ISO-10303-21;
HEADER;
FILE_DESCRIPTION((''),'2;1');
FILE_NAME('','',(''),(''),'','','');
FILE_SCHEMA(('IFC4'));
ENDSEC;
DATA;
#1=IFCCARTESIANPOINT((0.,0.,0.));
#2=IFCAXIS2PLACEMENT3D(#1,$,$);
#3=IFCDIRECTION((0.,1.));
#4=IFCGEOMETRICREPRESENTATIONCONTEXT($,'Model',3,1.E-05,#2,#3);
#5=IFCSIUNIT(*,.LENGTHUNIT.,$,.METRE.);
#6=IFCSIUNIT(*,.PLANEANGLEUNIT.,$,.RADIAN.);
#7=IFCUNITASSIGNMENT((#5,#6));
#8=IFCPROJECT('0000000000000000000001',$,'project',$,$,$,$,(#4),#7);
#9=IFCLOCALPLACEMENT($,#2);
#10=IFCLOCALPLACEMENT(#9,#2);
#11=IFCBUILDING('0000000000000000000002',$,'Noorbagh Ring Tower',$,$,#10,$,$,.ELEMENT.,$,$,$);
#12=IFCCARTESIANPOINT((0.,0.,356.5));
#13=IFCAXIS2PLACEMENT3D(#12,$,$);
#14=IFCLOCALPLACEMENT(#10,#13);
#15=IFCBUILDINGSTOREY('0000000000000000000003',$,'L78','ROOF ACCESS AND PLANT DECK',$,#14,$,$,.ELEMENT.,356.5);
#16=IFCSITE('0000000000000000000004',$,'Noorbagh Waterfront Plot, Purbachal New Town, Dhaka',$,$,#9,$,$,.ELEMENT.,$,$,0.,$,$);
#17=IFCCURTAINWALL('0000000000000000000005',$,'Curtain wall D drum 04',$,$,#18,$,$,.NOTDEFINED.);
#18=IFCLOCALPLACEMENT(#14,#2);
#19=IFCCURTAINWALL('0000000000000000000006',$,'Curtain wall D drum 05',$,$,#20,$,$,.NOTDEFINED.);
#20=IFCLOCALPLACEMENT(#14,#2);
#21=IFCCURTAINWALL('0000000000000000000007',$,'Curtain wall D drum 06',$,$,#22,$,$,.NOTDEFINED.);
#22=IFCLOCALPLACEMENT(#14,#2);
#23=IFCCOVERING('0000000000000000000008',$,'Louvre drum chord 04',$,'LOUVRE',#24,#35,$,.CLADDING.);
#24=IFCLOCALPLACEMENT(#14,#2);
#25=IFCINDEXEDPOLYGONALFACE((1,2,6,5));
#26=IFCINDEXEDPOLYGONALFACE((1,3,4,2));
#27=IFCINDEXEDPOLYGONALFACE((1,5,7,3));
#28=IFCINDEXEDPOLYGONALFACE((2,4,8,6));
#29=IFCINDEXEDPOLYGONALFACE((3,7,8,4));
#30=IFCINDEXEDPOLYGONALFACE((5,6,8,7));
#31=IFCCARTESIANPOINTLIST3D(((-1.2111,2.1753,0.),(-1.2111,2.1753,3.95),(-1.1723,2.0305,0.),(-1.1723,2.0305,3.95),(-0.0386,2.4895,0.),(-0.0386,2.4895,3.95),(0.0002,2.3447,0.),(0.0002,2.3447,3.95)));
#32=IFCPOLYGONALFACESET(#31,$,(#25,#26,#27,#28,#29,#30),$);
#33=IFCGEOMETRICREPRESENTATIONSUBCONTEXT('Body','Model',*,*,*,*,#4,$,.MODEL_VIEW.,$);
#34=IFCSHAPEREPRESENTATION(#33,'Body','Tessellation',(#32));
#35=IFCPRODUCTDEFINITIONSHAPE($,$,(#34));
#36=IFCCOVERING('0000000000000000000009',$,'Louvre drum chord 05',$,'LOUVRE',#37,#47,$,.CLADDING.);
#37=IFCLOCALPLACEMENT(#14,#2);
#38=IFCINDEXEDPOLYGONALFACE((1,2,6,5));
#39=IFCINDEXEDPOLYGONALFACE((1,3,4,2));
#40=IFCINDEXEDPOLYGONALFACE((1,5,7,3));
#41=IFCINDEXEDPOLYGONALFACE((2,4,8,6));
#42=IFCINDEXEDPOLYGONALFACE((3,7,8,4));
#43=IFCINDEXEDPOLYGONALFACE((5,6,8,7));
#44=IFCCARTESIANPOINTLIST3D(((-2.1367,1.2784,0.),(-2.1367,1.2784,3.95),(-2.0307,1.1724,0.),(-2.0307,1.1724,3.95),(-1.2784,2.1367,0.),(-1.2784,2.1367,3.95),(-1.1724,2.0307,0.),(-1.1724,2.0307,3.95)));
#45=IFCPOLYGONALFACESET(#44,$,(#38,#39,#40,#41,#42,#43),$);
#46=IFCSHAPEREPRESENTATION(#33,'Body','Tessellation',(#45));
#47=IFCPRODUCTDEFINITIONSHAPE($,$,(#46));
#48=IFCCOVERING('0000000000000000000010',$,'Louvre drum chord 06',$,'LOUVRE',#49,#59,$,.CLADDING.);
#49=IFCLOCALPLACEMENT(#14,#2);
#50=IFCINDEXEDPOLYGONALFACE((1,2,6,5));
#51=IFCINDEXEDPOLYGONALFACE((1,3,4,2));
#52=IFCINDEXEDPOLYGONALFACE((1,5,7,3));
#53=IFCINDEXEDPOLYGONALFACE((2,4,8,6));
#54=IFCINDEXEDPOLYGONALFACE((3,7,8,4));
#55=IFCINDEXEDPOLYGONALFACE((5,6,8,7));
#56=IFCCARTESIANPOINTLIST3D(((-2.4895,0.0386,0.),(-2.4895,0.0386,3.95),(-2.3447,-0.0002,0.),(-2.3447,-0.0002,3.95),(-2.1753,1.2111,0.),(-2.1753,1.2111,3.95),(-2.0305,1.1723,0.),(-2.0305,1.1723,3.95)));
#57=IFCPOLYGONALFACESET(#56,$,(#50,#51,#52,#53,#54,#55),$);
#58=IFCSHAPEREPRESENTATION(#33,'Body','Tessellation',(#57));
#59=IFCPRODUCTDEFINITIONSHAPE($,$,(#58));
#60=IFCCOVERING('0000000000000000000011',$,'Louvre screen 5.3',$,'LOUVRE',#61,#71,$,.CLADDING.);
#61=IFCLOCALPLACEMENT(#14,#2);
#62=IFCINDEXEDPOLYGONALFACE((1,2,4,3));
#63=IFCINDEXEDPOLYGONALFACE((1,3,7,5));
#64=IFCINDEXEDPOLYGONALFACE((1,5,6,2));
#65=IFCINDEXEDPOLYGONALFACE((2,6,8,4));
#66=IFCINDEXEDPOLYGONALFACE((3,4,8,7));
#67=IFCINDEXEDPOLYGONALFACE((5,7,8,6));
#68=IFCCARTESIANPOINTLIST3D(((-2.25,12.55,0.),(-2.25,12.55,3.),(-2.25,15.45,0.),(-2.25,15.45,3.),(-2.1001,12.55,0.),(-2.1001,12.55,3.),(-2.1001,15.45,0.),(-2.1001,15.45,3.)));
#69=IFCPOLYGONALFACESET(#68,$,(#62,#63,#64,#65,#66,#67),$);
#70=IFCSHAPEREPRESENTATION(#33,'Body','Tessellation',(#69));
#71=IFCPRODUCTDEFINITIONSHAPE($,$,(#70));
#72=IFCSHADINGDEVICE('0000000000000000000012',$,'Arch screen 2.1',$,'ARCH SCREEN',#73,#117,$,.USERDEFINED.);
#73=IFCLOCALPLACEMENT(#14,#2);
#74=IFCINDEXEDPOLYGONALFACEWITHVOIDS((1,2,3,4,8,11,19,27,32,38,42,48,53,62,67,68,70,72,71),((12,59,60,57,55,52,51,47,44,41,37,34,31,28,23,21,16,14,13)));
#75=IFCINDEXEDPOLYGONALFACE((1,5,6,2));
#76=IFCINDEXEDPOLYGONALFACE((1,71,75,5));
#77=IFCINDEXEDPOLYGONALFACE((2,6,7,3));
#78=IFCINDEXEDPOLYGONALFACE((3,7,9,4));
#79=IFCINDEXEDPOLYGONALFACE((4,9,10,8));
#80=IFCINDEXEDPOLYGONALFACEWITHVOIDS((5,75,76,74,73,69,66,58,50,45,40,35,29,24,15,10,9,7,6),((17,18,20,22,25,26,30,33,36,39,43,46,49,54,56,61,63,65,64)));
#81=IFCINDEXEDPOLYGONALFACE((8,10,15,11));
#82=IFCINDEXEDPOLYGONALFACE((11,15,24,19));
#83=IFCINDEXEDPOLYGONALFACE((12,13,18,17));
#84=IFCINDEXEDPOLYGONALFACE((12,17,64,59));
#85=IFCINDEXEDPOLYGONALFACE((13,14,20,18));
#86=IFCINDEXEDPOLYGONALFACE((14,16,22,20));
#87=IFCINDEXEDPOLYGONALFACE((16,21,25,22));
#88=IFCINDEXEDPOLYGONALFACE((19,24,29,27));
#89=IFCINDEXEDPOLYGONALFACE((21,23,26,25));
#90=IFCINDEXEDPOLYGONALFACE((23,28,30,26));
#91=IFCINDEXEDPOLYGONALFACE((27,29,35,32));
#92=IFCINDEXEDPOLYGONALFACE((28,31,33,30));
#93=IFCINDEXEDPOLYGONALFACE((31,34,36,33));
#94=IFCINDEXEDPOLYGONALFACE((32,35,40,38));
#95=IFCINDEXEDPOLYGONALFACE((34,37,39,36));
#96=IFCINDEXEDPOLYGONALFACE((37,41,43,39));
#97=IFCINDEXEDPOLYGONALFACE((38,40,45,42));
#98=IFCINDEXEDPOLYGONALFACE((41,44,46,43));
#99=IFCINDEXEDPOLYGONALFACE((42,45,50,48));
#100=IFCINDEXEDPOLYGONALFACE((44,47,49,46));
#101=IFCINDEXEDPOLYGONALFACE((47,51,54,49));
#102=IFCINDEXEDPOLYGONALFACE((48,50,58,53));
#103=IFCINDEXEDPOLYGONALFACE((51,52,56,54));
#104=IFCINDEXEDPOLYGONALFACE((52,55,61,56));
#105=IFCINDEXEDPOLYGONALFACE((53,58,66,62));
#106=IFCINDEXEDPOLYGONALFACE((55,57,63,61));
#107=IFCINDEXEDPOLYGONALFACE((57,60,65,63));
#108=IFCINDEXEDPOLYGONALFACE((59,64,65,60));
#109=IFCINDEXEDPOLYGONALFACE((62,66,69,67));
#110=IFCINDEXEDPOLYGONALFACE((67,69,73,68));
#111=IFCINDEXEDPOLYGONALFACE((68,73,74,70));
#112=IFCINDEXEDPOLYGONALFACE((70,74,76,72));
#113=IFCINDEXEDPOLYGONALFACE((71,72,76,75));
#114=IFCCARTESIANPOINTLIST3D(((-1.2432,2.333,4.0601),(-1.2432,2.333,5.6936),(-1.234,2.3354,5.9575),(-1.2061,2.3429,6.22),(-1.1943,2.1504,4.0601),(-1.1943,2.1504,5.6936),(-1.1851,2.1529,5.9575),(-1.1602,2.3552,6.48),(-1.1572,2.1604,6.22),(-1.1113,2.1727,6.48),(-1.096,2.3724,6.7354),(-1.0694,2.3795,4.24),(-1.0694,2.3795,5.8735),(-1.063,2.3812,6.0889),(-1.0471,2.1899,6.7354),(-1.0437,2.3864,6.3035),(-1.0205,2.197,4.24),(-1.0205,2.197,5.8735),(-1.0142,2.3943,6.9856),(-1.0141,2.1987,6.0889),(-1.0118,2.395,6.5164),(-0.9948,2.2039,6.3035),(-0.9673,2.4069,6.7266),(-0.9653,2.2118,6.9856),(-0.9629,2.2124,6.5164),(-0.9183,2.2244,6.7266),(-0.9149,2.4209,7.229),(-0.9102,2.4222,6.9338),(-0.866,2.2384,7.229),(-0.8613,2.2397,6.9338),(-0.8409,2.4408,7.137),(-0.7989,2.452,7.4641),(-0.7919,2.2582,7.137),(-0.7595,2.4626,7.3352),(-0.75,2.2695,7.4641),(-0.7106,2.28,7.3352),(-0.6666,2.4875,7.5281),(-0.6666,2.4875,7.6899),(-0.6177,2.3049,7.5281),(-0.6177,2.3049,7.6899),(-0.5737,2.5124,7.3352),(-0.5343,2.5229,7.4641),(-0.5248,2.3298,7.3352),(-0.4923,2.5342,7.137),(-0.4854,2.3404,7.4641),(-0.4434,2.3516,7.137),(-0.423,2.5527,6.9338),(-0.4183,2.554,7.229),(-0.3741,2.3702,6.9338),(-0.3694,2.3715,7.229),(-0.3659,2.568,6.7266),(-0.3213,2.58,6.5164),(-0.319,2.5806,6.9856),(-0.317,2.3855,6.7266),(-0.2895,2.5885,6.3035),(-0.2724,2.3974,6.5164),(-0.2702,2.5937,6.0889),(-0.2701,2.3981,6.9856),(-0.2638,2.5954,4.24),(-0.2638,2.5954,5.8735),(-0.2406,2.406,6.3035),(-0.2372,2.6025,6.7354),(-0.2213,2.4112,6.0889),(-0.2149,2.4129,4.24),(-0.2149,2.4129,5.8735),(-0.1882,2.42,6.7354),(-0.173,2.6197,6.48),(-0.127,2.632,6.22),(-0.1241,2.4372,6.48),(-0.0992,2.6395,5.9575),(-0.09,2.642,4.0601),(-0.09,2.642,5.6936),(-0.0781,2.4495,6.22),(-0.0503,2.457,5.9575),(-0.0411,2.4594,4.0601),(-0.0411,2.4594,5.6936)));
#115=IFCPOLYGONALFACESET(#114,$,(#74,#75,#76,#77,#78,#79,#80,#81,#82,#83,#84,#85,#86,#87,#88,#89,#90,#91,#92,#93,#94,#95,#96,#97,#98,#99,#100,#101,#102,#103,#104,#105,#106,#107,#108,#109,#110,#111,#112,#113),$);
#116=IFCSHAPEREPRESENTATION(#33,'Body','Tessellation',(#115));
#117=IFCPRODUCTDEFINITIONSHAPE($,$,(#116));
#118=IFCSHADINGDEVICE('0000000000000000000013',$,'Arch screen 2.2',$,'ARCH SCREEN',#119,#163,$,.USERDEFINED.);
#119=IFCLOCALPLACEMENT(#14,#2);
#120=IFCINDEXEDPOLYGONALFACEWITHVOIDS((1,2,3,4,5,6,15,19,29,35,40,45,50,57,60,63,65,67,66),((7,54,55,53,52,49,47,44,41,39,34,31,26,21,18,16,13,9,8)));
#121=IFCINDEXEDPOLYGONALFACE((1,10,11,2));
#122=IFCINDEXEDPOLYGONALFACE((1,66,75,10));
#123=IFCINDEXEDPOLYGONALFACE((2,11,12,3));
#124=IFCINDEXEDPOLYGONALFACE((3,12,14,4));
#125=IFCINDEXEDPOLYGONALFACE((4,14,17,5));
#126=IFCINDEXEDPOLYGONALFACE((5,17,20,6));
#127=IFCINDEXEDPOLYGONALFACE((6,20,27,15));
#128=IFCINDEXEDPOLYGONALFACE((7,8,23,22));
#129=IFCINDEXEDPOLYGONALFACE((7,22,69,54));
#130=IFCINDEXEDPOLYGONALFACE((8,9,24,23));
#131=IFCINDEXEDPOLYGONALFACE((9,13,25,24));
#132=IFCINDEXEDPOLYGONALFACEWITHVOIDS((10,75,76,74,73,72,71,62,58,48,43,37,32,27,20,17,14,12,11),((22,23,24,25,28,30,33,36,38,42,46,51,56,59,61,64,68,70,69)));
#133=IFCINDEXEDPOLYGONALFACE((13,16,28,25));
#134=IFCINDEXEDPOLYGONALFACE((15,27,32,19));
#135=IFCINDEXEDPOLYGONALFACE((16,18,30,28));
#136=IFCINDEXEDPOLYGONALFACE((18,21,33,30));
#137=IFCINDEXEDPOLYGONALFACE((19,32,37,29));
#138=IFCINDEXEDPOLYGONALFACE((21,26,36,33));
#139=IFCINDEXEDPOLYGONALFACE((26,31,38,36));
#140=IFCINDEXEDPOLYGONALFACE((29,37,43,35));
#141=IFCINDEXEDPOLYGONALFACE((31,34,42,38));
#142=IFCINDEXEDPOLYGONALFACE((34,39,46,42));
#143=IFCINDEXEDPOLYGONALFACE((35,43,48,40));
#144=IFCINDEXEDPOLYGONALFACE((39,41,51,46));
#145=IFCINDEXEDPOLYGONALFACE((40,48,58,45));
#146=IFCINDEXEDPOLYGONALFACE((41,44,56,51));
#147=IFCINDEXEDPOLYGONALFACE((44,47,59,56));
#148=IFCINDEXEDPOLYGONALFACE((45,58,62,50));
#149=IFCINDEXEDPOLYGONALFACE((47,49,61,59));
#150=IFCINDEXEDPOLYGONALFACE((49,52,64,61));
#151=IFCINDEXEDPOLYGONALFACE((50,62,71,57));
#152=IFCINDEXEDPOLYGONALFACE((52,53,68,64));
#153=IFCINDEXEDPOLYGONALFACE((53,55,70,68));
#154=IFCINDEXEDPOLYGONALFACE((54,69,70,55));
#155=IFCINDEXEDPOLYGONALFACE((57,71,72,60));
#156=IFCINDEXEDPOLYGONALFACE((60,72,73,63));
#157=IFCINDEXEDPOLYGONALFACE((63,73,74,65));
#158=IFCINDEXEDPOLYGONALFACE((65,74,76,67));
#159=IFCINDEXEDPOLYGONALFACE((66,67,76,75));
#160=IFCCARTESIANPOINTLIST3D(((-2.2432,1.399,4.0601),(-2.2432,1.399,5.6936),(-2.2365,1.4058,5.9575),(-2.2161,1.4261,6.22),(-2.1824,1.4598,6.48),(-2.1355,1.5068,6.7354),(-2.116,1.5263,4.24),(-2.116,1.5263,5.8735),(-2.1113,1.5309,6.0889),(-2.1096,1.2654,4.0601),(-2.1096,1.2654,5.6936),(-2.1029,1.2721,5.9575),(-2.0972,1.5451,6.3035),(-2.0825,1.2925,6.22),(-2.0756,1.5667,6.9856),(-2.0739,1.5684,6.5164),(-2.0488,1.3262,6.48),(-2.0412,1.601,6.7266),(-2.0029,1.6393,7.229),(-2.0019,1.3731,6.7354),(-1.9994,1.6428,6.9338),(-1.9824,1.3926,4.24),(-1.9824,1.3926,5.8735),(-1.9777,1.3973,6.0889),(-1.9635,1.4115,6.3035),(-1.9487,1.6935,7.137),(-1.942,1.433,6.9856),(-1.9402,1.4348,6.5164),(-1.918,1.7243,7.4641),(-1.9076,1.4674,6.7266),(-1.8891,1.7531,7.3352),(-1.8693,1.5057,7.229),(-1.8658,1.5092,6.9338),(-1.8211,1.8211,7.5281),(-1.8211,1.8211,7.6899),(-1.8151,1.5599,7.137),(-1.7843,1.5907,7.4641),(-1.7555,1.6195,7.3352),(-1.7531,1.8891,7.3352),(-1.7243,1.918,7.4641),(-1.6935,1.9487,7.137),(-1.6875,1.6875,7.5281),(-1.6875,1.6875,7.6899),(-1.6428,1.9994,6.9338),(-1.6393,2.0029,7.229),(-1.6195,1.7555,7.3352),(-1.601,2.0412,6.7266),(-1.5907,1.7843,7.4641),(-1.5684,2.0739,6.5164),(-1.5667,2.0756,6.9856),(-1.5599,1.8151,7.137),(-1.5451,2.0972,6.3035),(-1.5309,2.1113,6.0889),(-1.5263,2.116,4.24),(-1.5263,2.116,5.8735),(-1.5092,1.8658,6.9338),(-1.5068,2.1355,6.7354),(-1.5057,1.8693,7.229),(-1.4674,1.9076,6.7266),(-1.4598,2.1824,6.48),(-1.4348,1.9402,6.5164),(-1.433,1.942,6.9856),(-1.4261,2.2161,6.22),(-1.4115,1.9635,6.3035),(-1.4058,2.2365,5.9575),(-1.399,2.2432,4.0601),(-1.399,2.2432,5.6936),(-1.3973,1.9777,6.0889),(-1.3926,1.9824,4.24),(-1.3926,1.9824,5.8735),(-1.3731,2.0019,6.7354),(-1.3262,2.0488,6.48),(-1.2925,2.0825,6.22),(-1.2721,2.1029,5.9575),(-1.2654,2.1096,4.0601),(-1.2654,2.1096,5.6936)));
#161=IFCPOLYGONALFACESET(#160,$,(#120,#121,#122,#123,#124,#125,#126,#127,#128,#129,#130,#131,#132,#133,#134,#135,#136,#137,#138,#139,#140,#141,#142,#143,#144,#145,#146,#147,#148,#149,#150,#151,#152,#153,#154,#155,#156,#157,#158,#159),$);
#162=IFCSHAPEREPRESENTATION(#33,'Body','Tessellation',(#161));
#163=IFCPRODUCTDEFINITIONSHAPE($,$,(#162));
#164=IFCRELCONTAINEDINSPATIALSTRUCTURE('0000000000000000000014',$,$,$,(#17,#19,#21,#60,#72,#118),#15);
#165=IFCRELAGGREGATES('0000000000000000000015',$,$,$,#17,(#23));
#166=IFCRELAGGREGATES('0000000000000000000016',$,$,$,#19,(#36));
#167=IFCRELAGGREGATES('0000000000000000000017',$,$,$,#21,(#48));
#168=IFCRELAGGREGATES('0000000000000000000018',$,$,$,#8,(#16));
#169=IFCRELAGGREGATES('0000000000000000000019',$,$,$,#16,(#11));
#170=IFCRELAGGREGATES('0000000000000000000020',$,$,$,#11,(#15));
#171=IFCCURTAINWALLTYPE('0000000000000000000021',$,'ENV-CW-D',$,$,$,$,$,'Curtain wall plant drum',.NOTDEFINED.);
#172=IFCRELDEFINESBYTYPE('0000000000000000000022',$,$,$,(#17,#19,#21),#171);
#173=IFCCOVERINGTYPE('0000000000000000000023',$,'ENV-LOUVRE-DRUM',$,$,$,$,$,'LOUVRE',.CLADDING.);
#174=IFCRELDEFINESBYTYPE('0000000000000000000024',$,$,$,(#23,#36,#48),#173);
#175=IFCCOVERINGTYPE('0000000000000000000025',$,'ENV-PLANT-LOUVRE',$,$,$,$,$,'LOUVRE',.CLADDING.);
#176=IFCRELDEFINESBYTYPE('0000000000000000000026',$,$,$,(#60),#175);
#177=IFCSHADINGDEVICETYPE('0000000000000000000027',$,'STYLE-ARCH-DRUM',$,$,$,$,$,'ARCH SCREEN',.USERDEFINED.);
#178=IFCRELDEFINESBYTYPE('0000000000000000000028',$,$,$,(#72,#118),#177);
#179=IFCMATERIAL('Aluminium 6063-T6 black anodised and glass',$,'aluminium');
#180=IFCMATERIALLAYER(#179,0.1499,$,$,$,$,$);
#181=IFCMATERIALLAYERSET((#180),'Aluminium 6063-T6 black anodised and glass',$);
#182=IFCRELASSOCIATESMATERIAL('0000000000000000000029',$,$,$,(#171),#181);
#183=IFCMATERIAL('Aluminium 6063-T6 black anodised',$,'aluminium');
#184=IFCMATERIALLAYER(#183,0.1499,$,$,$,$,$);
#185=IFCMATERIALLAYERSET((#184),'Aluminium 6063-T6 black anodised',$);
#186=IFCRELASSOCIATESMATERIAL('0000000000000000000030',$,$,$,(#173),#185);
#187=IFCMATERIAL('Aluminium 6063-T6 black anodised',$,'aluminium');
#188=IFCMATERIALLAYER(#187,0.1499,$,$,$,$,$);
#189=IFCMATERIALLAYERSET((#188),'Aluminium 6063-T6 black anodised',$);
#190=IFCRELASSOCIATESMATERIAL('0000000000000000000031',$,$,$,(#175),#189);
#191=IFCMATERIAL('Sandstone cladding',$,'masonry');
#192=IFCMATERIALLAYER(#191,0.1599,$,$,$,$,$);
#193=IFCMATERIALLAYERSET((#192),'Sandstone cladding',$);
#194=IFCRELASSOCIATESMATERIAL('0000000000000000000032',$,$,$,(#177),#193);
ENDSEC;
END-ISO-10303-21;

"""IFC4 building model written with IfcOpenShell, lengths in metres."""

from ifc_helpers import new_model, si_unit, direction, frame, origin, origin_2d, place, context, subcontext, project, spatial, polyline, rectangle, outline, extrude, material, layer, layer_set, type_object, element, aggregate, save


model = new_model("IFC4")

# Units and contexts
model_context = context("Model", 3, precision=1e-05, world=origin(), true_north=direction((0.0, 1.0)))
body_context = subcontext(model_context, "Body", "Model", "MODEL_VIEW")
ifc_project = project(units=[si_unit("LENGTHUNIT", "METRE"), si_unit("PLANEANGLEUNIT", "RADIAN")], contexts=[model_context])

# Site, building, storey
site_placement = place(None, origin())
site = spatial("IfcSite", under=ifc_project, at=site_placement, Name="Noorbagh Waterfront Plot, Purbachal New Town, Dhaka", CompositionType="ELEMENT", RefElevation=0.0)
building_placement = place(site_placement, origin())
building = spatial("IfcBuilding", under=site, at=building_placement, Name="Noorbagh Ring Tower", CompositionType="ELEMENT")
storey_placement = place(building_placement, frame((0.0, 0.0, 356.5)))
storey = spatial("IfcBuildingStorey", under=building, at=storey_placement, Name="L78", Description="ROOF ACCESS AND PLANT DECK", CompositionType="ELEMENT", Elevation=356.5)

# Curtain walls
ifc_material_1 = material(Name="Aluminium 6063-T6 black anodised and glass", Category="aluminium")
ifc_layer_1 = layer(ifc_material_1, 0.1499)
ifc_layer_set_1 = layer_set([ifc_layer_1], Name="Aluminium 6063-T6 black anodised and glass")
curtain_wall_type = type_object("IfcCurtainWallType", Name="ENV-CW-D", ElementType="Curtain wall plant drum", PredefinedType="NOTDEFINED", material=ifc_layer_set_1)
curtain_wall_1_placement = place(storey_placement, origin())
curtain_wall_1 = element("IfcCurtainWall", 1, at=curtain_wall_1_placement, inside=storey, type_object=curtain_wall_type, Name="Curtain wall D drum 04", PredefinedType="NOTDEFINED")
curtain_wall_2_placement = place(storey_placement, origin())
curtain_wall_2 = element("IfcCurtainWall", 2, at=curtain_wall_2_placement, inside=storey, type_object=curtain_wall_type, Name="Curtain wall D drum 05", PredefinedType="NOTDEFINED")
curtain_wall_3_placement = place(storey_placement, origin())
curtain_wall_3 = element("IfcCurtainWall", 3, at=curtain_wall_3_placement, inside=storey, type_object=curtain_wall_type, Name="Curtain wall D drum 06", PredefinedType="NOTDEFINED")

# Coverings
ifc_material_2 = material(Name="Aluminium 6063-T6 black anodised", Category="aluminium")
ifc_layer_2 = layer(ifc_material_2, 0.1499)
ifc_layer_set_2 = layer_set([ifc_layer_2], Name="Aluminium 6063-T6 black anodised")
covering_type_1 = type_object("IfcCoveringType", Name="ENV-LOUVRE-DRUM", ElementType="LOUVRE", PredefinedType="CLADDING", material=ifc_layer_set_2)
covering_1_placement = place(storey_placement, frame((-0.6055, 2.26, 0.0), z_axis=(0.0, 0.0, 1.0), x_axis=(-0.965926, -0.258819, 0.0)))
covering_1 = element("IfcCovering", 4, at=covering_1_placement, type_object=covering_type_1, Name="Louvre drum chord 04", ObjectType="LOUVRE", PredefinedType="CLADDING", context=body_context, shape_type="SweptSolid", body=[
    extrude(rectangle(XDim=1.2139, YDim=0.1499, at=origin_2d()), origin(), (0.0, 0.0, 1.0), 3.95),
])
aggregate(curtain_wall_1, [covering_1])
covering_2_placement = place(storey_placement, frame((-1.6545, 1.6545, 0.0), z_axis=(0.0, 0.0, 1.0), x_axis=(-0.707107, -0.707107, 0.0)))
covering_2 = element("IfcCovering", 5, at=covering_2_placement, type_object=covering_type_1, Name="Louvre drum chord 05", ObjectType="LOUVRE", PredefinedType="CLADDING", context=body_context, shape_type="SweptSolid", body=[
    extrude(rectangle(XDim=1.2139, YDim=0.1499, at=origin_2d()), origin(), (0.0, 0.0, 1.0), 3.95),
])
aggregate(curtain_wall_2, [covering_2])
covering_3_placement = place(storey_placement, frame((-2.26, 0.6055, 0.0), z_axis=(0.0, 0.0, 1.0), x_axis=(-0.258819, -0.965926, 0.0)))
covering_3 = element("IfcCovering", 6, at=covering_3_placement, type_object=covering_type_1, Name="Louvre drum chord 06", ObjectType="LOUVRE", PredefinedType="CLADDING", context=body_context, shape_type="SweptSolid", body=[
    extrude(rectangle(XDim=1.2139, YDim=0.1499, at=origin_2d()), origin(), (0.0, 0.0, 1.0), 3.95),
])
aggregate(curtain_wall_3, [covering_3])
ifc_material_3 = material(Name="Aluminium 6063-T6 black anodised", Category="aluminium")
ifc_layer_3 = layer(ifc_material_3, 0.1499)
ifc_layer_set_3 = layer_set([ifc_layer_3], Name="Aluminium 6063-T6 black anodised")
covering_type_2 = type_object("IfcCoveringType", Name="ENV-PLANT-LOUVRE", ElementType="LOUVRE", PredefinedType="CLADDING", material=ifc_layer_set_3)
covering_4_placement = place(storey_placement, frame((-2.175, 14.0, 0.0), z_axis=(0.0, 0.0, 1.0), x_axis=(1.0, 0.0, 0.0)))
element("IfcCovering", 7, at=covering_4_placement, inside=storey, type_object=covering_type_2, Name="Louvre screen 5.3", ObjectType="LOUVRE", PredefinedType="CLADDING", context=body_context, shape_type="SweptSolid", body=[
    extrude(rectangle(XDim=0.1499, YDim=2.8999, at=origin_2d()), origin(), (0.0, 0.0, 1.0), 3.0),
])

# Shading devices
ifc_material_4 = material(Name="Sandstone cladding", Category="masonry")
ifc_layer_4 = layer(ifc_material_4, 0.1599)
ifc_layer_set_4 = layer_set([ifc_layer_4], Name="Sandstone cladding")
shading_device_type = type_object("IfcShadingDeviceType", Name="STYLE-ARCH-DRUM", ElementType="ARCH SCREEN", PredefinedType="USERDEFINED", material=ifc_layer_set_4)
for number, where, z_axis, x_axis, name in (
    (8, (-0.6177, 2.3049, 4.0601), (-0.258819, 0.965926, 0.0), (-0.965926, -0.258819, 0.0), "Arch screen 2.1"),
    (9, (-1.6875, 1.6875, 4.0601), (-0.707107, 0.707107, 0.0), (-0.707107, -0.707107, 0.0), "Arch screen 2.2"),
):
    element("IfcShadingDevice", number, at=place(storey_placement, frame(where, z_axis=z_axis, x_axis=x_axis)), inside=storey, type_object=shading_device_type, Name=name, ObjectType="ARCH SCREEN", PredefinedType="USERDEFINED", context=body_context, shape_type="SweptSolid", body=[
        extrude(outline(polyline([(-0.5969, 0.0), (0.5969, 0.0), (0.5969, 1.6335), (0.5874, 1.8975), (0.5586, 2.1599), (0.511, 2.4199), (0.4446, 2.6753), (0.3599, 2.9255), (0.2571, 3.1689), (0.137, 3.4041), (0.0, 3.6299), (-0.137, 3.4041), (-0.2571, 3.1689), (-0.3599, 2.9255), (-0.4446, 2.6753), (-0.511, 2.4199), (-0.5586, 2.1599), (-0.5874, 1.8975), (-0.5969, 1.6335), (-0.5969, 0.0)]), holes=[polyline([(-0.417, 0.1799), (0.417, 0.1799), (0.417, 1.8135), (0.4104, 2.0288), (0.3904, 2.2434), (0.3574, 2.4563), (0.3113, 2.6665), (0.2522, 2.8738), (0.1804, 3.0769), (0.0962, 3.2751), (0.0, 3.468), (-0.0962, 3.2751), (-0.1804, 3.0769), (-0.2522, 2.8738), (-0.3113, 2.6665), (-0.3574, 2.4563), (-0.3904, 2.2434), (-0.4104, 2.0288), (-0.417, 1.8135), (-0.417, 0.1799)])]), origin(), (0.0, 0.0, 1.0), 0.189),
    ])

save(model, "model.ifc")
